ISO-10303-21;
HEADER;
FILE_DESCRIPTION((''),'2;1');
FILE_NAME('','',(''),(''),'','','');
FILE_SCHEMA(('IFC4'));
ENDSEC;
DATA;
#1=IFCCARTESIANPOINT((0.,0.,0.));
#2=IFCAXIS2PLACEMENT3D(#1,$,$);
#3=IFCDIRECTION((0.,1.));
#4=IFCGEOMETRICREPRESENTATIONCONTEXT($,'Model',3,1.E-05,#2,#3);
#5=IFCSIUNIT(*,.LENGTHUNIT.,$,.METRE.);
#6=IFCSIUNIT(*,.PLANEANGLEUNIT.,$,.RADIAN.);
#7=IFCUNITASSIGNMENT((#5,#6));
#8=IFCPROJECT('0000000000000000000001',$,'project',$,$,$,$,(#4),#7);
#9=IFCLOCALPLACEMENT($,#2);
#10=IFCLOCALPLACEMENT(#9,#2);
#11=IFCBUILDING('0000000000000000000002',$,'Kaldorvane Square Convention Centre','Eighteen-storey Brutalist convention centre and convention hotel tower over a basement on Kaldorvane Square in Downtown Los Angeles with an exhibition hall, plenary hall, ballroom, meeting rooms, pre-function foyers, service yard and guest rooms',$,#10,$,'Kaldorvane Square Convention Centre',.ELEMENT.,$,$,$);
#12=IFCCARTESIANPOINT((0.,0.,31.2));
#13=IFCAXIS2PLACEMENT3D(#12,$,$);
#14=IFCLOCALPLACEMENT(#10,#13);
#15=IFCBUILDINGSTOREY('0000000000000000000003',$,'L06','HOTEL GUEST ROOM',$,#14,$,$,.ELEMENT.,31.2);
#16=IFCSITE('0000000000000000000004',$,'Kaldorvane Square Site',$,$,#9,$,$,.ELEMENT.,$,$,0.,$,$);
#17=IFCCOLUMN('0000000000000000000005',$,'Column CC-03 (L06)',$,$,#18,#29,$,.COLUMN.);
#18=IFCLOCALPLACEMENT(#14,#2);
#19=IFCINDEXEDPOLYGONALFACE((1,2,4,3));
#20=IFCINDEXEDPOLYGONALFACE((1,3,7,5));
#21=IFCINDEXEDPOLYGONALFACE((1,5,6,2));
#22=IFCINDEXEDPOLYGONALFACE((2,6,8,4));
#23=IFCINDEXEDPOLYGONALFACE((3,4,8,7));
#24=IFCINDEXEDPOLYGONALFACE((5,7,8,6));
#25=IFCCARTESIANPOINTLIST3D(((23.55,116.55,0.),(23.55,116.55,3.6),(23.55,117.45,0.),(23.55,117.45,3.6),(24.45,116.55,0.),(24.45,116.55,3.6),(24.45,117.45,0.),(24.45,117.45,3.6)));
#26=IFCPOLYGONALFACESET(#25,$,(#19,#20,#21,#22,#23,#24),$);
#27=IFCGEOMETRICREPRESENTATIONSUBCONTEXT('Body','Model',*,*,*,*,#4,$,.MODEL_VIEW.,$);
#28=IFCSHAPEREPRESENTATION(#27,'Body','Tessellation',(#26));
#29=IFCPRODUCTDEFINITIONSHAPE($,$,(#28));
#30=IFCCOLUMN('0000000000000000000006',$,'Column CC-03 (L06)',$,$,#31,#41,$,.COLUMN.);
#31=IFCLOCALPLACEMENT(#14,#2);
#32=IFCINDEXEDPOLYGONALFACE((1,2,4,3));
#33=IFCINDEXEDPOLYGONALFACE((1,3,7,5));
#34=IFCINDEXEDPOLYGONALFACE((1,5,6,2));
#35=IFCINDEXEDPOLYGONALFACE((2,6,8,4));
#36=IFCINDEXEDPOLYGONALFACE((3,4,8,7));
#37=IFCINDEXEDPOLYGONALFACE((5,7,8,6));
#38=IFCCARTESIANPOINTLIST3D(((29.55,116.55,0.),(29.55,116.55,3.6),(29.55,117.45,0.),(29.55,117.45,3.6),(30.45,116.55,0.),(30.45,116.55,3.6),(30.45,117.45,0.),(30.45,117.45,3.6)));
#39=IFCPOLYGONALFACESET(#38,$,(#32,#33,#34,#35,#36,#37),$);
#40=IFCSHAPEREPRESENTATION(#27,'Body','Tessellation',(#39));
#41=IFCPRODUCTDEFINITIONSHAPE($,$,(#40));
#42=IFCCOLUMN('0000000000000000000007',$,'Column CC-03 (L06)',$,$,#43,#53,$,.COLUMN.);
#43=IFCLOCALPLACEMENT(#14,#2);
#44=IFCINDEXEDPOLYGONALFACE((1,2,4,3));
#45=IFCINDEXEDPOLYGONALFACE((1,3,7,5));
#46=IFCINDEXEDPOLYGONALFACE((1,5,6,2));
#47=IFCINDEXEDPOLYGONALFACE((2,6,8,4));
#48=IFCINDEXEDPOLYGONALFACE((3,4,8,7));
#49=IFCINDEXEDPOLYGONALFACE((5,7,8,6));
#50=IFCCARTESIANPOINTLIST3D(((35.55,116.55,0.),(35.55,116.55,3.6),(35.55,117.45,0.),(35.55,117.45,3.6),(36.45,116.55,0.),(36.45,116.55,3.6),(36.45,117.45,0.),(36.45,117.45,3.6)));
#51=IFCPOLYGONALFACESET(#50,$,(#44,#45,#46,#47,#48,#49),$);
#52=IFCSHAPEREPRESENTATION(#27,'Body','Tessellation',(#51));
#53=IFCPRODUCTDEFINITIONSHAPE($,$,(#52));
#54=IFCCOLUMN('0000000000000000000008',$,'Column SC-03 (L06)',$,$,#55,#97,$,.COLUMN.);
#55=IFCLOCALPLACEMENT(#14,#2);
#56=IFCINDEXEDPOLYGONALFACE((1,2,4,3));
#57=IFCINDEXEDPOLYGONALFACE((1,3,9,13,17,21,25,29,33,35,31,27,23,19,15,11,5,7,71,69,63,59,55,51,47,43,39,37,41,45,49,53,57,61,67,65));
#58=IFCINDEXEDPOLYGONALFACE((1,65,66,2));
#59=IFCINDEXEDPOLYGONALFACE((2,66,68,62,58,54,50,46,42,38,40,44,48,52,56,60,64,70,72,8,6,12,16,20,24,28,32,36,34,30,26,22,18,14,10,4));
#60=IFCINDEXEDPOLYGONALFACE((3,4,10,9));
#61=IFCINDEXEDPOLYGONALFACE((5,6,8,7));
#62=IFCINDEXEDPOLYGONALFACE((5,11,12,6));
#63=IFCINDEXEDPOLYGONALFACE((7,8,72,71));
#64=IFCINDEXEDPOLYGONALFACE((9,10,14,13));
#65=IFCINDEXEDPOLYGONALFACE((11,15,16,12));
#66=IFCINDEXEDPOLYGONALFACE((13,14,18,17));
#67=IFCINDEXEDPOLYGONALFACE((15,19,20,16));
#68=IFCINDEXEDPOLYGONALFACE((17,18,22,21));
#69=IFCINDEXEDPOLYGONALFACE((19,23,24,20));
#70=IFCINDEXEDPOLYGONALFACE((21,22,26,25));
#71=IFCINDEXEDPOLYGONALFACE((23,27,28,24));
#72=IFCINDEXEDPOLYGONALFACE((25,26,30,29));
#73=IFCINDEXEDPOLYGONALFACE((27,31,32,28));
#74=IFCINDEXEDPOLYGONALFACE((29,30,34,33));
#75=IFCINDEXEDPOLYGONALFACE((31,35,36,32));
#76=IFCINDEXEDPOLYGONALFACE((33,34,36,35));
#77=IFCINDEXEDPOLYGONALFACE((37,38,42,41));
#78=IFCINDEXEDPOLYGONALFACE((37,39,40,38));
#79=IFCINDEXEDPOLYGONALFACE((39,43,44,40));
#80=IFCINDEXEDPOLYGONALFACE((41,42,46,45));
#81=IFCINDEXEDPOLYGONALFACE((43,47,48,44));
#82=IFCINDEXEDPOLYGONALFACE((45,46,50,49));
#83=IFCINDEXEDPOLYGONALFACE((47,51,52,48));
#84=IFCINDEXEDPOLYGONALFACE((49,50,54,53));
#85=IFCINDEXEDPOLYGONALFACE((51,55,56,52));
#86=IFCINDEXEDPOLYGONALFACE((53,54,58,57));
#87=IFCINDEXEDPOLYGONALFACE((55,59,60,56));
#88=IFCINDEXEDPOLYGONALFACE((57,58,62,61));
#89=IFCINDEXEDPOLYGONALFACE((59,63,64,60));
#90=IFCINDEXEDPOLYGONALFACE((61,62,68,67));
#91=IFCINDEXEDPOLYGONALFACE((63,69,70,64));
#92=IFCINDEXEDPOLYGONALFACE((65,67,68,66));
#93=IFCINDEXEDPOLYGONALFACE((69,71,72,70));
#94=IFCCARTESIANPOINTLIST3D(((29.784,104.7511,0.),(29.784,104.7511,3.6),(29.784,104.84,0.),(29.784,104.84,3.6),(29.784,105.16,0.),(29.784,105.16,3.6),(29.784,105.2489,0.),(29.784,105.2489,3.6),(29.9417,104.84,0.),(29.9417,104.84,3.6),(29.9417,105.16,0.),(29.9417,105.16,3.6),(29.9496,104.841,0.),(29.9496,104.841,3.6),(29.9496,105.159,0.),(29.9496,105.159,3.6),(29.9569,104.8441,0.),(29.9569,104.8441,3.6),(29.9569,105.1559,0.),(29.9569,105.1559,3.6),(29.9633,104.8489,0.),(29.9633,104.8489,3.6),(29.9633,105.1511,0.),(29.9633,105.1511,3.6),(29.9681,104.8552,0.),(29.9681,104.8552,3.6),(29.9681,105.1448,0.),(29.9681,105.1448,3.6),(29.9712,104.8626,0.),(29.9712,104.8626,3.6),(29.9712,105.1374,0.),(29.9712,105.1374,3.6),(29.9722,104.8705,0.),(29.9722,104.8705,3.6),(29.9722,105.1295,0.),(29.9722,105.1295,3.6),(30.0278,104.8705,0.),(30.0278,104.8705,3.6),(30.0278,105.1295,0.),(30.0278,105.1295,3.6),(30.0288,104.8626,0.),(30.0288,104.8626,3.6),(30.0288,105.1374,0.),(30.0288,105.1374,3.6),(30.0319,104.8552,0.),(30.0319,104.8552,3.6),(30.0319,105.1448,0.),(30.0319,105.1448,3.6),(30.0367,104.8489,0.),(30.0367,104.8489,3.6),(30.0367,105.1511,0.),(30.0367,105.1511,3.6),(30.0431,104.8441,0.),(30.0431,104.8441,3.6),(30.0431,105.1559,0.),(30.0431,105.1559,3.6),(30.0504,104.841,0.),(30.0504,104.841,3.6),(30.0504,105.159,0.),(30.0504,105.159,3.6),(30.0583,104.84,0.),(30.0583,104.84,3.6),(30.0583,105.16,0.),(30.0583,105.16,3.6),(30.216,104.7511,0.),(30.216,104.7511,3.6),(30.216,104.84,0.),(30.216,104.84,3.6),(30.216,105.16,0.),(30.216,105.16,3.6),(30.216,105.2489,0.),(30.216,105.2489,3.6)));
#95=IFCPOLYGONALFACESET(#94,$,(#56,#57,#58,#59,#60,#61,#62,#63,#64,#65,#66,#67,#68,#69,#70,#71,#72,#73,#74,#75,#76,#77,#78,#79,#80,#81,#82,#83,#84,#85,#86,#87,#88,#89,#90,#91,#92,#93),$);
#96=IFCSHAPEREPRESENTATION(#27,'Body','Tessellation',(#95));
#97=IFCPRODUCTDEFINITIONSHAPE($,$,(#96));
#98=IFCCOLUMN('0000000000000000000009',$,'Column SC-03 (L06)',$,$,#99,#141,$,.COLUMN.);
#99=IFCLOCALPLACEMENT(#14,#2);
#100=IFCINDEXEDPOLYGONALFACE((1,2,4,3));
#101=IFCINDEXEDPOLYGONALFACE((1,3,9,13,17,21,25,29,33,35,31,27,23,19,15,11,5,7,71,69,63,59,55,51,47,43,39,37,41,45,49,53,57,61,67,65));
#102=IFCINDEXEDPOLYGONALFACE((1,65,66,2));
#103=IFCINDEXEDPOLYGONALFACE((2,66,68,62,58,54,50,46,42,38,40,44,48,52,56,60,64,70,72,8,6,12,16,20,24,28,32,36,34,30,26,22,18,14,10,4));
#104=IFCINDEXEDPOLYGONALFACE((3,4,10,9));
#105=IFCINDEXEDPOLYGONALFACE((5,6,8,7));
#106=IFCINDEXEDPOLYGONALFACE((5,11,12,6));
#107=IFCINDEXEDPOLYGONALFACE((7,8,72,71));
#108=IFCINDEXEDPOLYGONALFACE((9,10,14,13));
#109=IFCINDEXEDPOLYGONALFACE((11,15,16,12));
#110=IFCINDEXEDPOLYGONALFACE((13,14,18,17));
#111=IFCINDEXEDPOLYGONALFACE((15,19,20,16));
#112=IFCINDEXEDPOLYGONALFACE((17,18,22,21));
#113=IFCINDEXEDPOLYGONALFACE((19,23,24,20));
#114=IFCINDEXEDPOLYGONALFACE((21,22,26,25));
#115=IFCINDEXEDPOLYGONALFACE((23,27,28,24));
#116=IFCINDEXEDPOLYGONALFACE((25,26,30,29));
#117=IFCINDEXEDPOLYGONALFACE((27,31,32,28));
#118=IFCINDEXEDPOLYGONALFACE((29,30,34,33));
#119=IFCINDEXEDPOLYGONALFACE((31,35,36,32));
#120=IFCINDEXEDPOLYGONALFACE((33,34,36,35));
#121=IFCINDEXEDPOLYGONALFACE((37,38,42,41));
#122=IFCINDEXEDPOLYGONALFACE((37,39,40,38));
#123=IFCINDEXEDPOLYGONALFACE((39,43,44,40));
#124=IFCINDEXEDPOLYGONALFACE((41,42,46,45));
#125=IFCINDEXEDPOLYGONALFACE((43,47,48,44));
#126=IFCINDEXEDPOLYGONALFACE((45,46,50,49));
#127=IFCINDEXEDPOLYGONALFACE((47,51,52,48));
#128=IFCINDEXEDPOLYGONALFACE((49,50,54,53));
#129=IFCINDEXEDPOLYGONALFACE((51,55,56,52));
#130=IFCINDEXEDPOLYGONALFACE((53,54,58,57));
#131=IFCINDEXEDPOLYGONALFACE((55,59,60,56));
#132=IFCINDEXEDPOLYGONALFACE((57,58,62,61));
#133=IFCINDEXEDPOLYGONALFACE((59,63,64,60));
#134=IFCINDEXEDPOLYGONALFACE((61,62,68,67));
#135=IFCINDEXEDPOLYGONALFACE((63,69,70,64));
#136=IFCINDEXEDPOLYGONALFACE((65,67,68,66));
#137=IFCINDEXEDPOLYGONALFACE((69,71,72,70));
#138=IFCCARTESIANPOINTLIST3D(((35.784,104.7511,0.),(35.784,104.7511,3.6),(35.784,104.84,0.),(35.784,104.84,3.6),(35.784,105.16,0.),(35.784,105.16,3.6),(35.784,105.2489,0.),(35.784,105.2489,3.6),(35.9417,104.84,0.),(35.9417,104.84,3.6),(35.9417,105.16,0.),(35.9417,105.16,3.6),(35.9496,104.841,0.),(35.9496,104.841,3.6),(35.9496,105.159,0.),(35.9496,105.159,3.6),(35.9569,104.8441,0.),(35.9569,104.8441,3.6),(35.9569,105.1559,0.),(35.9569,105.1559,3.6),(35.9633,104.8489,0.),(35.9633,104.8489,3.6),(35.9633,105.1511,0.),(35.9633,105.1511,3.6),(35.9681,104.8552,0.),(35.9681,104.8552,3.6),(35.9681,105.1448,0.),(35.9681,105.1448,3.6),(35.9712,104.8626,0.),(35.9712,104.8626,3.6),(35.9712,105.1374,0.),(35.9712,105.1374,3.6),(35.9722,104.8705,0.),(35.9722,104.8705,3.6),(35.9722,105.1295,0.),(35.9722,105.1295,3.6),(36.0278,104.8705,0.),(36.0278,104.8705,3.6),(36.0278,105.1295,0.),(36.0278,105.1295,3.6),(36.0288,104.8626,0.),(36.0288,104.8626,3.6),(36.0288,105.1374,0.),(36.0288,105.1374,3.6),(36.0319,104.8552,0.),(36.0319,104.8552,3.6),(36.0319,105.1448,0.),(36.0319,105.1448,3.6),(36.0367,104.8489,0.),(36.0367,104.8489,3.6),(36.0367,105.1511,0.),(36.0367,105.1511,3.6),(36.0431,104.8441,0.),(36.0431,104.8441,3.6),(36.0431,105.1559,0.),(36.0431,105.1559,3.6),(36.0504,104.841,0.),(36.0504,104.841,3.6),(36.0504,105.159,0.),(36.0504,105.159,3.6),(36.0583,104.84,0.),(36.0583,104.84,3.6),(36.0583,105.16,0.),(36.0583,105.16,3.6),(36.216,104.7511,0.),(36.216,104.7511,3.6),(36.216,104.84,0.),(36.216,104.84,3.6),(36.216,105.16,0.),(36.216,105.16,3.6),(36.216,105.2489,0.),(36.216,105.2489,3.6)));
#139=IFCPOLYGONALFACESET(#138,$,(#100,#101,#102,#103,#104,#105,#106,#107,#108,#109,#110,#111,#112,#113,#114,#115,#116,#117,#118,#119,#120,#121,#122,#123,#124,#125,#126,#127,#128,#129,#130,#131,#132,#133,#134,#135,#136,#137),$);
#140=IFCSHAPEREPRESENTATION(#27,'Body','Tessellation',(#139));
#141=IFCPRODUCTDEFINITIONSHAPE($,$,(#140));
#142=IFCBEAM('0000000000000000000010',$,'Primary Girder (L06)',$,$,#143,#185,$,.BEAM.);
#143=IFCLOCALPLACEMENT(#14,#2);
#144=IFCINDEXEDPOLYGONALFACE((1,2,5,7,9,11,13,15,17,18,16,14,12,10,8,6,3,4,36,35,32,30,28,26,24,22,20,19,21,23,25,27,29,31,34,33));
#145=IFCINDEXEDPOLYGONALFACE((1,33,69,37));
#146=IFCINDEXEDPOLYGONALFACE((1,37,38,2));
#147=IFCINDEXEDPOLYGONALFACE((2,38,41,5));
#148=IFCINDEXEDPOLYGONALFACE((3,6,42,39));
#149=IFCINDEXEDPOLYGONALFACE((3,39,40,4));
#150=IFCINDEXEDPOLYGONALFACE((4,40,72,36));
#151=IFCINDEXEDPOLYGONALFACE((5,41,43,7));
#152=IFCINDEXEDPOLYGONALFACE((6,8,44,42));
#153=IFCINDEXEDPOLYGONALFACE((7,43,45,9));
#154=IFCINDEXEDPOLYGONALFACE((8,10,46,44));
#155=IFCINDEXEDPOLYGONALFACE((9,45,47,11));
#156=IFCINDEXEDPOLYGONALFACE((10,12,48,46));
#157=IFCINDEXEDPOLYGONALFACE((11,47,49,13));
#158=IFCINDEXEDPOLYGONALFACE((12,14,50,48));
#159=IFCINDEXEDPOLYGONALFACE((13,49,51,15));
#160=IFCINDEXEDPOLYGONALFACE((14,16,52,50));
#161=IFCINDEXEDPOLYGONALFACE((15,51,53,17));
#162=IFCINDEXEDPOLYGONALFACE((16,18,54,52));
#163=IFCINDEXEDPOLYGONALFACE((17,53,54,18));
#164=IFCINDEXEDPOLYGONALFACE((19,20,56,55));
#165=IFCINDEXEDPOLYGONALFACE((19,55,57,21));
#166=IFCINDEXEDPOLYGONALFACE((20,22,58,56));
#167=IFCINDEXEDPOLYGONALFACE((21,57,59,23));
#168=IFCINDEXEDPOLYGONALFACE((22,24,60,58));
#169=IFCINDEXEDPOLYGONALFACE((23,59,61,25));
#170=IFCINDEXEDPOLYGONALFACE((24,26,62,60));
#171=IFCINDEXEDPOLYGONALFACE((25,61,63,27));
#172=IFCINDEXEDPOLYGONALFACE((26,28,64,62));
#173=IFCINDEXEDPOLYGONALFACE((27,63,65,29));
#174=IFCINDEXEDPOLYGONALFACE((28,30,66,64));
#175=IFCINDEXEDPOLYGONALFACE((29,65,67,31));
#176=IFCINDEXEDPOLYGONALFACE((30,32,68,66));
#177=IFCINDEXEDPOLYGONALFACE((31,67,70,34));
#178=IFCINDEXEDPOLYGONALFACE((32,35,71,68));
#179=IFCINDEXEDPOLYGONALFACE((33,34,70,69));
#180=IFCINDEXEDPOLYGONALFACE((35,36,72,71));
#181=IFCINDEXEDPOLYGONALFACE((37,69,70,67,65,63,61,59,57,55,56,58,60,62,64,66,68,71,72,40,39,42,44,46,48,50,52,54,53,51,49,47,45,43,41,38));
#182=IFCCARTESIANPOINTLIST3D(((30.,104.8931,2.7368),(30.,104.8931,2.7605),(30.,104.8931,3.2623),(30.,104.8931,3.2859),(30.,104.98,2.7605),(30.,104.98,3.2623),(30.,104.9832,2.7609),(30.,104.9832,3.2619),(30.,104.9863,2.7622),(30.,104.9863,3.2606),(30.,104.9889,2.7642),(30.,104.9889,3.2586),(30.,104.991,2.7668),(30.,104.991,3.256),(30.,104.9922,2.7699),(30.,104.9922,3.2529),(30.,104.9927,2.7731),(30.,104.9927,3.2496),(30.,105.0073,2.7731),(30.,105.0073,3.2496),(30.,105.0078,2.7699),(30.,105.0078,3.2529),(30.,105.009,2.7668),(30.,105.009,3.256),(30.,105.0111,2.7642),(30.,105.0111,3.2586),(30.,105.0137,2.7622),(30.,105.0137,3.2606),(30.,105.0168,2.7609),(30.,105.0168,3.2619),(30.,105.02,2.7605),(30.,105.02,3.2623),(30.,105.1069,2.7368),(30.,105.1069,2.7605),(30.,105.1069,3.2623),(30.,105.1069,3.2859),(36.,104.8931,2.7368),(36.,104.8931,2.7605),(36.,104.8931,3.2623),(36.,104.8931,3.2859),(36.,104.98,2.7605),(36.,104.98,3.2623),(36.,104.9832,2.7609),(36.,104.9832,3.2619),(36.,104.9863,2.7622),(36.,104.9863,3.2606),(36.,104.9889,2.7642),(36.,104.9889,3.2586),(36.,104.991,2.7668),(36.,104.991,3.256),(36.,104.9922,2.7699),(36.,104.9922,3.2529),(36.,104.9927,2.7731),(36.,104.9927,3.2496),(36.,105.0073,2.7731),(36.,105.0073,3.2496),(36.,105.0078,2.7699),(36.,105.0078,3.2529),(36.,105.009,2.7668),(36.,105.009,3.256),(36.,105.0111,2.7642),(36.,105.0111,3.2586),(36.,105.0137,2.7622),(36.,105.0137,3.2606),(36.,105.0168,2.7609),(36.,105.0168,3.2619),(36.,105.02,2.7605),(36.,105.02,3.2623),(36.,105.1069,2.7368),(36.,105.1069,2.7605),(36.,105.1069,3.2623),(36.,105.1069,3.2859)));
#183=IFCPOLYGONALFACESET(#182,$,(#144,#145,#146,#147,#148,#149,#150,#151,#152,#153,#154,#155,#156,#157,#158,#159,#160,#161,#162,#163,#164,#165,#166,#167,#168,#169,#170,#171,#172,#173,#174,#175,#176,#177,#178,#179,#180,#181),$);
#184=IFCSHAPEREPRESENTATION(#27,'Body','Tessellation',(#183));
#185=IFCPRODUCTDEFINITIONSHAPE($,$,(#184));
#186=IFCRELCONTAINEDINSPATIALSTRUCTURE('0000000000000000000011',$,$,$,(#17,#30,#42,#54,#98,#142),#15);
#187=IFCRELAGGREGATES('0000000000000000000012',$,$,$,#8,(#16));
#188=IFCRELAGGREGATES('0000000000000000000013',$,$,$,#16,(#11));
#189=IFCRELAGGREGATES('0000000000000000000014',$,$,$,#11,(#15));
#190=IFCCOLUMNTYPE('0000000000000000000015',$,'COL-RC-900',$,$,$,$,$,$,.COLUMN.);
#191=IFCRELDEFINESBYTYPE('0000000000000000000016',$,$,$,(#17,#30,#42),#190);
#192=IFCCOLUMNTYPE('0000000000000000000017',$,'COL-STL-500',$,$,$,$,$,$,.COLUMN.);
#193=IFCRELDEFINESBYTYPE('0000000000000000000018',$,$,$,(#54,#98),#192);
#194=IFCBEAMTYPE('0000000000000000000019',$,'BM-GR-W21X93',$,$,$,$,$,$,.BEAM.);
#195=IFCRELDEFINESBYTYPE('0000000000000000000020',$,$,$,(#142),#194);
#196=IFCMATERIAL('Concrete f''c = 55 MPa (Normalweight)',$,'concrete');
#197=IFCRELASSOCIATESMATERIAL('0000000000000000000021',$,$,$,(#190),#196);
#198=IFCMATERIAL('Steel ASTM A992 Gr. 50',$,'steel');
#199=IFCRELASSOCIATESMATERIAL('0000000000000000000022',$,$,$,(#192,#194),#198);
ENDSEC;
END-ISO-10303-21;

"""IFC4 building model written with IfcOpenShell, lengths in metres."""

from ifc_helpers import new_model, si_unit, direction, frame, origin, origin_2d, place, context, subcontext, project, spatial, rectangle, i_section, extrude, material, material_profile, profile_set, type_object, element, save


model = new_model("IFC4")

# Units and contexts
model_context = context("Model", 3, precision=1e-05, world=origin(), true_north=direction((0.0, 1.0)))
body_context = subcontext(model_context, "Body", "Model", "MODEL_VIEW")
ifc_project = project(units=[si_unit("LENGTHUNIT", "METRE"), si_unit("PLANEANGLEUNIT", "RADIAN")], contexts=[model_context])

# Site, building, storey
site_placement = place(None, origin())
site = spatial("IfcSite", under=ifc_project, at=site_placement, Name="Kaldorvane Square Site", CompositionType="ELEMENT", RefElevation=0.0)
building_placement = place(site_placement, origin())
building = spatial("IfcBuilding", under=site, at=building_placement, Name="Kaldorvane Square Convention Centre", Description="Eighteen-storey Brutalist convention centre and convention hotel tower over a basement on Kaldorvane Square in Downtown Los Angeles with an exhibition hall, plenary hall, ballroom, meeting rooms, pre-function foyers, service yard and guest rooms", LongName="Kaldorvane Square Convention Centre", CompositionType="ELEMENT")
storey_placement = place(building_placement, frame((0.0, 0.0, 31.2)))
storey = spatial("IfcBuildingStorey", under=building, at=storey_placement, Name="L06", Description="HOTEL GUEST ROOM", CompositionType="ELEMENT", Elevation=31.2)

# Columns
ifc_material_1 = material(Name="Concrete f'c = 55 MPa (Normalweight)", Category="concrete")
ifc_material_profile_1 = material_profile(ifc_material_1, rectangle(XDim=0.9, YDim=0.9, at=origin_2d()), Name="RC900X900")
ifc_profile_set_1 = profile_set([ifc_material_profile_1], Name="Concrete f'c = 55 MPa (Normalweight)")
column_type_1 = type_object("IfcColumnType", Name="COL-RC-900", PredefinedType="COLUMN", material=ifc_profile_set_1)
for number, where, z_axis, x_axis, name in (
    (1, (24.0, 117.0, 0.0), (0.0, 0.0, 1.0), (1.0, 0.0, 0.0), "Column CC-03 (L06)"),
    (2, (30.0, 117.0, 0.0), (0.0, 0.0, 1.0), (1.0, 0.0, 0.0), "Column CC-03 (L06)"),
    (3, (36.0, 117.0, 0.0), (0.0, 0.0, 1.0), (1.0, 0.0, 0.0), "Column CC-03 (L06)"),
):
    element("IfcColumn", number, at=place(storey_placement, frame(where, z_axis=z_axis, x_axis=x_axis)), inside=storey, type_object=column_type_1, Name=name, PredefinedType="COLUMN", context=body_context, shape_type="SweptSolid", body=[
        extrude(rectangle(XDim=0.9, YDim=0.9, at=origin_2d()), origin(), (0.0, 0.0, 1.0), 3.6),
    ])
ifc_material_2 = material(Name="Steel ASTM A992 Gr. 50", Category="steel")
ifc_material_profile_2 = material_profile(ifc_material_2, i_section(OverallWidth=0.4321, OverallDepth=0.4978, WebThickness=0.0556, FlangeThickness=0.0889, FilletRadius=0.0305, at=origin_2d()), Name="W14X500")
ifc_profile_set_2 = profile_set([ifc_material_profile_2], Name="Steel ASTM A992 Gr. 50")
column_type_2 = type_object("IfcColumnType", Name="COL-STL-500", PredefinedType="COLUMN", material=ifc_profile_set_2)
for number, where, z_axis, x_axis, name in (
    (4, (30.0, 105.0, 0.0), (0.0, 0.0, 1.0), (1.0, 0.0, 0.0), "Column SC-03 (L06)"),
    (5, (36.0, 105.0, 0.0), (0.0, 0.0, 1.0), (1.0, 0.0, 0.0), "Column SC-03 (L06)"),
):
    element("IfcColumn", number, at=place(storey_placement, frame(where, z_axis=z_axis, x_axis=x_axis)), inside=storey, type_object=column_type_2, Name=name, PredefinedType="COLUMN", context=body_context, shape_type="SweptSolid", body=[
        extrude(i_section(OverallWidth=0.4321, OverallDepth=0.4978, WebThickness=0.0556, FlangeThickness=0.0889, FilletRadius=0.0305, at=origin_2d()), origin(), (0.0, 0.0, 1.0), 3.6),
    ])

# Beam
ifc_material_profile_3 = material_profile(ifc_material_2, i_section(OverallWidth=0.2139, OverallDepth=0.5491, WebThickness=0.0147, FlangeThickness=0.0236, FilletRadius=0.0127, at=origin_2d()), Name="W21X93")
ifc_profile_set_3 = profile_set([ifc_material_profile_3], Name="Steel ASTM A992 Gr. 50")
beam_type_1 = type_object("IfcBeamType", Name="BM-GR-W21X93", PredefinedType="BEAM", material=ifc_profile_set_3)
for number, where, z_axis, x_axis, name in (
    (6, (30.0, 105.0, 3.0114), (1.0, 0.0, 0.0), (0.0, 1.0, 0.0), "Primary Girder (L06)"),
):
    element("IfcBeam", number, at=place(storey_placement, frame(where, z_axis=z_axis, x_axis=x_axis)), inside=storey, type_object=beam_type_1, Name=name, PredefinedType="BEAM", context=body_context, shape_type="SweptSolid", body=[
        extrude(i_section(OverallWidth=0.2139, OverallDepth=0.5491, WebThickness=0.0147, FlangeThickness=0.0236, FilletRadius=0.0127, at=origin_2d()), origin(), (0.0, 0.0, 1.0), 6.0),
    ])

save(model, "model.ifc")
